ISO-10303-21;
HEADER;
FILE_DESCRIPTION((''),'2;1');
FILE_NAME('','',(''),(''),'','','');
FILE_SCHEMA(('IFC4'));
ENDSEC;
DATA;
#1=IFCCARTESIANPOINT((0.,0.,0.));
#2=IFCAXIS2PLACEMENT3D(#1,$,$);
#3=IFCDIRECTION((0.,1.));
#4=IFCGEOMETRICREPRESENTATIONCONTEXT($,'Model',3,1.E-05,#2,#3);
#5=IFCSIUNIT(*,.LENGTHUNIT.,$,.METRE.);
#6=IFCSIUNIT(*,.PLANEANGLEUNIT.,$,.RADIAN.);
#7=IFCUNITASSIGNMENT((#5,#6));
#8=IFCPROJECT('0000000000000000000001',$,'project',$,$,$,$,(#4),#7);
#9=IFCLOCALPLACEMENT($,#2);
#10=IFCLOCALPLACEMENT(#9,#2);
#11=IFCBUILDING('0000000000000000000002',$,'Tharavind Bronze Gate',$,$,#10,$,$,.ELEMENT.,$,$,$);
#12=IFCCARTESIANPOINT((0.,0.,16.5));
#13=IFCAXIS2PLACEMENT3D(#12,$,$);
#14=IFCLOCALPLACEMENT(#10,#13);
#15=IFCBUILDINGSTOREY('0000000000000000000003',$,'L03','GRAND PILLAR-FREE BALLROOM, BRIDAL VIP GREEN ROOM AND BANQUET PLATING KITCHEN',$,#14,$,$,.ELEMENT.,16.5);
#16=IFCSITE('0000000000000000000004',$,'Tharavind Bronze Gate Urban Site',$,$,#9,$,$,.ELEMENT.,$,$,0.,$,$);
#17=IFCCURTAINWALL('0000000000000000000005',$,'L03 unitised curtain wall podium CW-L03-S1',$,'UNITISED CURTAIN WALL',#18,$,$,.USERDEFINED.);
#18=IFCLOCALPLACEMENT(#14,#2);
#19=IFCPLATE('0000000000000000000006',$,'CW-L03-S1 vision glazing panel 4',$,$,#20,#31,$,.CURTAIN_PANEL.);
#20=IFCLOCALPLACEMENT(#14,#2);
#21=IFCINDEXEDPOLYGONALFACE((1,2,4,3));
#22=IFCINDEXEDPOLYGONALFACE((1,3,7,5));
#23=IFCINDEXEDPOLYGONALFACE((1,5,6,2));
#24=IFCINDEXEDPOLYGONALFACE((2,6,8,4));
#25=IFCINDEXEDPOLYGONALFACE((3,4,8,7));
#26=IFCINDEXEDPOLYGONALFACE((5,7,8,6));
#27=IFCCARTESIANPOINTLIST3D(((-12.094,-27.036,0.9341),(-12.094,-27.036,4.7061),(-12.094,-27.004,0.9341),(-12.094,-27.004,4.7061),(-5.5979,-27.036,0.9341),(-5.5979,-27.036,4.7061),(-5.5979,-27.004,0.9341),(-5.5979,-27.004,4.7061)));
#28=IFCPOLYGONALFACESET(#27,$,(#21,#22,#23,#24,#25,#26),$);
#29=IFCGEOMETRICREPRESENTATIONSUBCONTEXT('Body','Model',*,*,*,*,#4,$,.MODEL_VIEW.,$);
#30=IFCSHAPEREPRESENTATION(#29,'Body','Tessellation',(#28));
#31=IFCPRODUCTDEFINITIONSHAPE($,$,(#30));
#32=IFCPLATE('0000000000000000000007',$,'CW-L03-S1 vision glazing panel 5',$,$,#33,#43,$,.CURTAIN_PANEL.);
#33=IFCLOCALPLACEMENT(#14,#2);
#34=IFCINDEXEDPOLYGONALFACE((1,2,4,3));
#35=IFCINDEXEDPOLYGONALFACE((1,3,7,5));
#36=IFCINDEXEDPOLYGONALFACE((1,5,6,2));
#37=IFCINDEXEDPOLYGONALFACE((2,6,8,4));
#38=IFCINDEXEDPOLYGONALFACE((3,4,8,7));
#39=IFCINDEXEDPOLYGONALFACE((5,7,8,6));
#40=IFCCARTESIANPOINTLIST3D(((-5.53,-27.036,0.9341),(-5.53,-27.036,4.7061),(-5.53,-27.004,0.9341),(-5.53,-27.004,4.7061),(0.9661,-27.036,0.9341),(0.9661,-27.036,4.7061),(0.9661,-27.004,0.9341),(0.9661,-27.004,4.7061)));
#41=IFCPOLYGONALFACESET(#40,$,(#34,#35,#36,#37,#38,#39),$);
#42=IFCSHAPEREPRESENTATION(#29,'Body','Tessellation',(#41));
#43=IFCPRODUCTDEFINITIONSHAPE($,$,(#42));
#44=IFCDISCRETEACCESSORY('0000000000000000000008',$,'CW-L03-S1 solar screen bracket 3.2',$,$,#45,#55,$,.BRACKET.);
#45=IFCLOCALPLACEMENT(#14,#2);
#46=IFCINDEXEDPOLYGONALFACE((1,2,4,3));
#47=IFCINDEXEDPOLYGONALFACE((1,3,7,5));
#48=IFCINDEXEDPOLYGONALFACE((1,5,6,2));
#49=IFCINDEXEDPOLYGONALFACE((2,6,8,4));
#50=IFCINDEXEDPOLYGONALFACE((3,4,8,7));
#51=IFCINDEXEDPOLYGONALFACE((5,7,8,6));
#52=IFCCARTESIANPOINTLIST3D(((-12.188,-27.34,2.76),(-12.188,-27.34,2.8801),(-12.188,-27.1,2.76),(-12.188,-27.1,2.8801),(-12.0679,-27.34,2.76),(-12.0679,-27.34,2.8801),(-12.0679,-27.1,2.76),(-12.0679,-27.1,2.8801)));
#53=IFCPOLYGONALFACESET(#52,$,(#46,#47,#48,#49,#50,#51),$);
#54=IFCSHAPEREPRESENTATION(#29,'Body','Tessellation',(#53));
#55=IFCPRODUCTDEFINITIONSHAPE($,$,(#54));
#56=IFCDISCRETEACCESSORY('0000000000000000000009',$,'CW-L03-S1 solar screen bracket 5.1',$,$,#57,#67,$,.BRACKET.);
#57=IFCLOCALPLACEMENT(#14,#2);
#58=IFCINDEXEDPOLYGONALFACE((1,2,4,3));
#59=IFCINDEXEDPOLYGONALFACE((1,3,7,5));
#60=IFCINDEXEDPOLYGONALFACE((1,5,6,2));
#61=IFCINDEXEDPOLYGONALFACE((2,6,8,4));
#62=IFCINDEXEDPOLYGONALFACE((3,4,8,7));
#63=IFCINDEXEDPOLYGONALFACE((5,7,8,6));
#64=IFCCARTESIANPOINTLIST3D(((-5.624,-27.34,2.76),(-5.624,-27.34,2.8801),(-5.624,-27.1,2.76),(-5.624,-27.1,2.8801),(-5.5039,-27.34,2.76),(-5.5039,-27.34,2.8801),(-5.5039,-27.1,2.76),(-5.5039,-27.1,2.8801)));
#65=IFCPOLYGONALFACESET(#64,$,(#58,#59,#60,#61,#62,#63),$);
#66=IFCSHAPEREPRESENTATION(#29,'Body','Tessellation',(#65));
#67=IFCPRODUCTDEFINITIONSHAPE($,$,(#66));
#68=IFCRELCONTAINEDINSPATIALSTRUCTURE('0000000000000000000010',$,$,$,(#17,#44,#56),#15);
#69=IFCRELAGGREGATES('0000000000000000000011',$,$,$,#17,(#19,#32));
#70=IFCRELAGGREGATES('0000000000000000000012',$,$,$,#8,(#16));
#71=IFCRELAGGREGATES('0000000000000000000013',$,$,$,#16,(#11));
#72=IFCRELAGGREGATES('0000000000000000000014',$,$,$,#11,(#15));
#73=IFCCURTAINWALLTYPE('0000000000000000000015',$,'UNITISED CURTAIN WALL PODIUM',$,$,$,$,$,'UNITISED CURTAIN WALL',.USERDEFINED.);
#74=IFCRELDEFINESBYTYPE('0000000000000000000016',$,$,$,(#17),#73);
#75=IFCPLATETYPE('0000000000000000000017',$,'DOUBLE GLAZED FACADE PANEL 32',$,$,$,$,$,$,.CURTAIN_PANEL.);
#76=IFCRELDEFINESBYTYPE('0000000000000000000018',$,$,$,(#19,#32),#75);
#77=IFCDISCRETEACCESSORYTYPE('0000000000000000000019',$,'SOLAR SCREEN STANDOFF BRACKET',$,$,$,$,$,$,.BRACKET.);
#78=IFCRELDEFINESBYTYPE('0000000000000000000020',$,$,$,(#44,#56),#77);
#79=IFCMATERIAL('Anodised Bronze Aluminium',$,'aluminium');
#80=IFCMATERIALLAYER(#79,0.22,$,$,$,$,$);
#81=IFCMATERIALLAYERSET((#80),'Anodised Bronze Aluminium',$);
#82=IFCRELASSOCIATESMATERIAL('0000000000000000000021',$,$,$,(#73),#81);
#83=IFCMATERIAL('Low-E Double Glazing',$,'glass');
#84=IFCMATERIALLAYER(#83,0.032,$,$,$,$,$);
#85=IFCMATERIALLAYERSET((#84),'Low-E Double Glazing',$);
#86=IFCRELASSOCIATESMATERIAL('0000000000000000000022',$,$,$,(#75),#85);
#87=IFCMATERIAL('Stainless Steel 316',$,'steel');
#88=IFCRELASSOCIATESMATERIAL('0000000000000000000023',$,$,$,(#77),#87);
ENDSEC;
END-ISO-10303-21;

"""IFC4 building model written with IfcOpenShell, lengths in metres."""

from ifc_helpers import new_model, si_unit, direction, frame, origin, origin_2d, place, context, subcontext, project, spatial, rectangle, extrude, material, layer, layer_set, type_object, element, aggregate, save


model = new_model("IFC4")

# Units and contexts
model_context = context("Model", 3, precision=1e-05, world=origin(), true_north=direction((0.0, 1.0)))
body_context = subcontext(model_context, "Body", "Model", "MODEL_VIEW")
ifc_project = project(units=[si_unit("LENGTHUNIT", "METRE"), si_unit("PLANEANGLEUNIT", "RADIAN")], contexts=[model_context])

# Site, building, storey
site_placement = place(None, origin())
site = spatial("IfcSite", under=ifc_project, at=site_placement, Name="Tharavind Bronze Gate Urban Site", CompositionType="ELEMENT", RefElevation=0.0)
building_placement = place(site_placement, origin())
building = spatial("IfcBuilding", under=site, at=building_placement, Name="Tharavind Bronze Gate", CompositionType="ELEMENT")
storey_placement = place(building_placement, frame((0.0, 0.0, 16.5)))
storey = spatial("IfcBuildingStorey", under=building, at=storey_placement, Name="L03", Description="GRAND PILLAR-FREE BALLROOM, BRIDAL VIP GREEN ROOM AND BANQUET PLATING KITCHEN", CompositionType="ELEMENT", Elevation=16.5)

# Curtain wall
ifc_material_1 = material(Name="Anodised Bronze Aluminium", Category="aluminium")
ifc_layer_1 = layer(ifc_material_1, 0.22)
ifc_layer_set_1 = layer_set([ifc_layer_1], Name="Anodised Bronze Aluminium")
curtain_wall_type = type_object("IfcCurtainWallType", Name="UNITISED CURTAIN WALL PODIUM", ElementType="UNITISED CURTAIN WALL", PredefinedType="USERDEFINED", material=ifc_layer_set_1)
curtain_wall_placement = place(storey_placement, origin())
curtain_wall = element("IfcCurtainWall", 1, at=curtain_wall_placement, inside=storey, type_object=curtain_wall_type, Name="L03 unitised curtain wall podium CW-L03-S1", ObjectType="UNITISED CURTAIN WALL", PredefinedType="USERDEFINED")

# Plates
ifc_material_2 = material(Name="Low-E Double Glazing", Category="glass")
ifc_layer_2 = layer(ifc_material_2, 0.032)
ifc_layer_set_2 = layer_set([ifc_layer_2], Name="Low-E Double Glazing")
plate_type_1 = type_object("IfcPlateType", Name="DOUBLE GLAZED FACADE PANEL 32", PredefinedType="CURTAIN_PANEL", material=ifc_layer_set_2)
plate_1_placement = place(storey_placement, frame((-8.8459, -27.02, 0.9341), z_axis=(0.0, 0.0, 1.0), x_axis=(1.0, 0.0, 0.0)))
plate_1 = element("IfcPlate", 2, at=plate_1_placement, type_object=plate_type_1, Name="CW-L03-S1 vision glazing panel 4", PredefinedType="CURTAIN_PANEL", context=body_context, shape_type="SweptSolid", body=[
    extrude(rectangle(XDim=6.4961, YDim=0.032, at=origin_2d()), origin(), (0.0, 0.0, 1.0), 3.772),
])
plate_2_placement = place(storey_placement, frame((-2.282, -27.02, 0.9341), z_axis=(0.0, 0.0, 1.0), x_axis=(1.0, 0.0, 0.0)))
plate_2 = element("IfcPlate", 3, at=plate_2_placement, type_object=plate_type_1, Name="CW-L03-S1 vision glazing panel 5", PredefinedType="CURTAIN_PANEL", context=body_context, shape_type="SweptSolid", body=[
    extrude(rectangle(XDim=6.4961, YDim=0.032, at=origin_2d()), origin(), (0.0, 0.0, 1.0), 3.772),
])
aggregate(curtain_wall, [plate_1, plate_2])

# Discrete accessories
ifc_material_3 = material(Name="Stainless Steel 316", Category="steel")
discrete_accessory_type = type_object("IfcDiscreteAccessoryType", Name="SOLAR SCREEN STANDOFF BRACKET", PredefinedType="BRACKET", material=ifc_material_3)
for number, where, z_axis, x_axis, name in (
    (4, (-12.1279, -27.22, 2.76), (0.0, 0.0, 1.0), (1.0, 0.0, 0.0), "CW-L03-S1 solar screen bracket 3.2"),
    (5, (-5.564, -27.22, 2.76), (0.0, 0.0, 1.0), (1.0, 0.0, 0.0), "CW-L03-S1 solar screen bracket 5.1"),
):
    element("IfcDiscreteAccessory", number, at=place(storey_placement, frame(where, z_axis=z_axis, x_axis=x_axis)), inside=storey, type_object=discrete_accessory_type, Name=name, PredefinedType="BRACKET", context=body_context, shape_type="SweptSolid", body=[
        extrude(rectangle(XDim=0.1201, YDim=0.24, at=origin_2d()), origin(), (0.0, 0.0, 1.0), 0.1201),
    ])

save(model, "model.ifc")
